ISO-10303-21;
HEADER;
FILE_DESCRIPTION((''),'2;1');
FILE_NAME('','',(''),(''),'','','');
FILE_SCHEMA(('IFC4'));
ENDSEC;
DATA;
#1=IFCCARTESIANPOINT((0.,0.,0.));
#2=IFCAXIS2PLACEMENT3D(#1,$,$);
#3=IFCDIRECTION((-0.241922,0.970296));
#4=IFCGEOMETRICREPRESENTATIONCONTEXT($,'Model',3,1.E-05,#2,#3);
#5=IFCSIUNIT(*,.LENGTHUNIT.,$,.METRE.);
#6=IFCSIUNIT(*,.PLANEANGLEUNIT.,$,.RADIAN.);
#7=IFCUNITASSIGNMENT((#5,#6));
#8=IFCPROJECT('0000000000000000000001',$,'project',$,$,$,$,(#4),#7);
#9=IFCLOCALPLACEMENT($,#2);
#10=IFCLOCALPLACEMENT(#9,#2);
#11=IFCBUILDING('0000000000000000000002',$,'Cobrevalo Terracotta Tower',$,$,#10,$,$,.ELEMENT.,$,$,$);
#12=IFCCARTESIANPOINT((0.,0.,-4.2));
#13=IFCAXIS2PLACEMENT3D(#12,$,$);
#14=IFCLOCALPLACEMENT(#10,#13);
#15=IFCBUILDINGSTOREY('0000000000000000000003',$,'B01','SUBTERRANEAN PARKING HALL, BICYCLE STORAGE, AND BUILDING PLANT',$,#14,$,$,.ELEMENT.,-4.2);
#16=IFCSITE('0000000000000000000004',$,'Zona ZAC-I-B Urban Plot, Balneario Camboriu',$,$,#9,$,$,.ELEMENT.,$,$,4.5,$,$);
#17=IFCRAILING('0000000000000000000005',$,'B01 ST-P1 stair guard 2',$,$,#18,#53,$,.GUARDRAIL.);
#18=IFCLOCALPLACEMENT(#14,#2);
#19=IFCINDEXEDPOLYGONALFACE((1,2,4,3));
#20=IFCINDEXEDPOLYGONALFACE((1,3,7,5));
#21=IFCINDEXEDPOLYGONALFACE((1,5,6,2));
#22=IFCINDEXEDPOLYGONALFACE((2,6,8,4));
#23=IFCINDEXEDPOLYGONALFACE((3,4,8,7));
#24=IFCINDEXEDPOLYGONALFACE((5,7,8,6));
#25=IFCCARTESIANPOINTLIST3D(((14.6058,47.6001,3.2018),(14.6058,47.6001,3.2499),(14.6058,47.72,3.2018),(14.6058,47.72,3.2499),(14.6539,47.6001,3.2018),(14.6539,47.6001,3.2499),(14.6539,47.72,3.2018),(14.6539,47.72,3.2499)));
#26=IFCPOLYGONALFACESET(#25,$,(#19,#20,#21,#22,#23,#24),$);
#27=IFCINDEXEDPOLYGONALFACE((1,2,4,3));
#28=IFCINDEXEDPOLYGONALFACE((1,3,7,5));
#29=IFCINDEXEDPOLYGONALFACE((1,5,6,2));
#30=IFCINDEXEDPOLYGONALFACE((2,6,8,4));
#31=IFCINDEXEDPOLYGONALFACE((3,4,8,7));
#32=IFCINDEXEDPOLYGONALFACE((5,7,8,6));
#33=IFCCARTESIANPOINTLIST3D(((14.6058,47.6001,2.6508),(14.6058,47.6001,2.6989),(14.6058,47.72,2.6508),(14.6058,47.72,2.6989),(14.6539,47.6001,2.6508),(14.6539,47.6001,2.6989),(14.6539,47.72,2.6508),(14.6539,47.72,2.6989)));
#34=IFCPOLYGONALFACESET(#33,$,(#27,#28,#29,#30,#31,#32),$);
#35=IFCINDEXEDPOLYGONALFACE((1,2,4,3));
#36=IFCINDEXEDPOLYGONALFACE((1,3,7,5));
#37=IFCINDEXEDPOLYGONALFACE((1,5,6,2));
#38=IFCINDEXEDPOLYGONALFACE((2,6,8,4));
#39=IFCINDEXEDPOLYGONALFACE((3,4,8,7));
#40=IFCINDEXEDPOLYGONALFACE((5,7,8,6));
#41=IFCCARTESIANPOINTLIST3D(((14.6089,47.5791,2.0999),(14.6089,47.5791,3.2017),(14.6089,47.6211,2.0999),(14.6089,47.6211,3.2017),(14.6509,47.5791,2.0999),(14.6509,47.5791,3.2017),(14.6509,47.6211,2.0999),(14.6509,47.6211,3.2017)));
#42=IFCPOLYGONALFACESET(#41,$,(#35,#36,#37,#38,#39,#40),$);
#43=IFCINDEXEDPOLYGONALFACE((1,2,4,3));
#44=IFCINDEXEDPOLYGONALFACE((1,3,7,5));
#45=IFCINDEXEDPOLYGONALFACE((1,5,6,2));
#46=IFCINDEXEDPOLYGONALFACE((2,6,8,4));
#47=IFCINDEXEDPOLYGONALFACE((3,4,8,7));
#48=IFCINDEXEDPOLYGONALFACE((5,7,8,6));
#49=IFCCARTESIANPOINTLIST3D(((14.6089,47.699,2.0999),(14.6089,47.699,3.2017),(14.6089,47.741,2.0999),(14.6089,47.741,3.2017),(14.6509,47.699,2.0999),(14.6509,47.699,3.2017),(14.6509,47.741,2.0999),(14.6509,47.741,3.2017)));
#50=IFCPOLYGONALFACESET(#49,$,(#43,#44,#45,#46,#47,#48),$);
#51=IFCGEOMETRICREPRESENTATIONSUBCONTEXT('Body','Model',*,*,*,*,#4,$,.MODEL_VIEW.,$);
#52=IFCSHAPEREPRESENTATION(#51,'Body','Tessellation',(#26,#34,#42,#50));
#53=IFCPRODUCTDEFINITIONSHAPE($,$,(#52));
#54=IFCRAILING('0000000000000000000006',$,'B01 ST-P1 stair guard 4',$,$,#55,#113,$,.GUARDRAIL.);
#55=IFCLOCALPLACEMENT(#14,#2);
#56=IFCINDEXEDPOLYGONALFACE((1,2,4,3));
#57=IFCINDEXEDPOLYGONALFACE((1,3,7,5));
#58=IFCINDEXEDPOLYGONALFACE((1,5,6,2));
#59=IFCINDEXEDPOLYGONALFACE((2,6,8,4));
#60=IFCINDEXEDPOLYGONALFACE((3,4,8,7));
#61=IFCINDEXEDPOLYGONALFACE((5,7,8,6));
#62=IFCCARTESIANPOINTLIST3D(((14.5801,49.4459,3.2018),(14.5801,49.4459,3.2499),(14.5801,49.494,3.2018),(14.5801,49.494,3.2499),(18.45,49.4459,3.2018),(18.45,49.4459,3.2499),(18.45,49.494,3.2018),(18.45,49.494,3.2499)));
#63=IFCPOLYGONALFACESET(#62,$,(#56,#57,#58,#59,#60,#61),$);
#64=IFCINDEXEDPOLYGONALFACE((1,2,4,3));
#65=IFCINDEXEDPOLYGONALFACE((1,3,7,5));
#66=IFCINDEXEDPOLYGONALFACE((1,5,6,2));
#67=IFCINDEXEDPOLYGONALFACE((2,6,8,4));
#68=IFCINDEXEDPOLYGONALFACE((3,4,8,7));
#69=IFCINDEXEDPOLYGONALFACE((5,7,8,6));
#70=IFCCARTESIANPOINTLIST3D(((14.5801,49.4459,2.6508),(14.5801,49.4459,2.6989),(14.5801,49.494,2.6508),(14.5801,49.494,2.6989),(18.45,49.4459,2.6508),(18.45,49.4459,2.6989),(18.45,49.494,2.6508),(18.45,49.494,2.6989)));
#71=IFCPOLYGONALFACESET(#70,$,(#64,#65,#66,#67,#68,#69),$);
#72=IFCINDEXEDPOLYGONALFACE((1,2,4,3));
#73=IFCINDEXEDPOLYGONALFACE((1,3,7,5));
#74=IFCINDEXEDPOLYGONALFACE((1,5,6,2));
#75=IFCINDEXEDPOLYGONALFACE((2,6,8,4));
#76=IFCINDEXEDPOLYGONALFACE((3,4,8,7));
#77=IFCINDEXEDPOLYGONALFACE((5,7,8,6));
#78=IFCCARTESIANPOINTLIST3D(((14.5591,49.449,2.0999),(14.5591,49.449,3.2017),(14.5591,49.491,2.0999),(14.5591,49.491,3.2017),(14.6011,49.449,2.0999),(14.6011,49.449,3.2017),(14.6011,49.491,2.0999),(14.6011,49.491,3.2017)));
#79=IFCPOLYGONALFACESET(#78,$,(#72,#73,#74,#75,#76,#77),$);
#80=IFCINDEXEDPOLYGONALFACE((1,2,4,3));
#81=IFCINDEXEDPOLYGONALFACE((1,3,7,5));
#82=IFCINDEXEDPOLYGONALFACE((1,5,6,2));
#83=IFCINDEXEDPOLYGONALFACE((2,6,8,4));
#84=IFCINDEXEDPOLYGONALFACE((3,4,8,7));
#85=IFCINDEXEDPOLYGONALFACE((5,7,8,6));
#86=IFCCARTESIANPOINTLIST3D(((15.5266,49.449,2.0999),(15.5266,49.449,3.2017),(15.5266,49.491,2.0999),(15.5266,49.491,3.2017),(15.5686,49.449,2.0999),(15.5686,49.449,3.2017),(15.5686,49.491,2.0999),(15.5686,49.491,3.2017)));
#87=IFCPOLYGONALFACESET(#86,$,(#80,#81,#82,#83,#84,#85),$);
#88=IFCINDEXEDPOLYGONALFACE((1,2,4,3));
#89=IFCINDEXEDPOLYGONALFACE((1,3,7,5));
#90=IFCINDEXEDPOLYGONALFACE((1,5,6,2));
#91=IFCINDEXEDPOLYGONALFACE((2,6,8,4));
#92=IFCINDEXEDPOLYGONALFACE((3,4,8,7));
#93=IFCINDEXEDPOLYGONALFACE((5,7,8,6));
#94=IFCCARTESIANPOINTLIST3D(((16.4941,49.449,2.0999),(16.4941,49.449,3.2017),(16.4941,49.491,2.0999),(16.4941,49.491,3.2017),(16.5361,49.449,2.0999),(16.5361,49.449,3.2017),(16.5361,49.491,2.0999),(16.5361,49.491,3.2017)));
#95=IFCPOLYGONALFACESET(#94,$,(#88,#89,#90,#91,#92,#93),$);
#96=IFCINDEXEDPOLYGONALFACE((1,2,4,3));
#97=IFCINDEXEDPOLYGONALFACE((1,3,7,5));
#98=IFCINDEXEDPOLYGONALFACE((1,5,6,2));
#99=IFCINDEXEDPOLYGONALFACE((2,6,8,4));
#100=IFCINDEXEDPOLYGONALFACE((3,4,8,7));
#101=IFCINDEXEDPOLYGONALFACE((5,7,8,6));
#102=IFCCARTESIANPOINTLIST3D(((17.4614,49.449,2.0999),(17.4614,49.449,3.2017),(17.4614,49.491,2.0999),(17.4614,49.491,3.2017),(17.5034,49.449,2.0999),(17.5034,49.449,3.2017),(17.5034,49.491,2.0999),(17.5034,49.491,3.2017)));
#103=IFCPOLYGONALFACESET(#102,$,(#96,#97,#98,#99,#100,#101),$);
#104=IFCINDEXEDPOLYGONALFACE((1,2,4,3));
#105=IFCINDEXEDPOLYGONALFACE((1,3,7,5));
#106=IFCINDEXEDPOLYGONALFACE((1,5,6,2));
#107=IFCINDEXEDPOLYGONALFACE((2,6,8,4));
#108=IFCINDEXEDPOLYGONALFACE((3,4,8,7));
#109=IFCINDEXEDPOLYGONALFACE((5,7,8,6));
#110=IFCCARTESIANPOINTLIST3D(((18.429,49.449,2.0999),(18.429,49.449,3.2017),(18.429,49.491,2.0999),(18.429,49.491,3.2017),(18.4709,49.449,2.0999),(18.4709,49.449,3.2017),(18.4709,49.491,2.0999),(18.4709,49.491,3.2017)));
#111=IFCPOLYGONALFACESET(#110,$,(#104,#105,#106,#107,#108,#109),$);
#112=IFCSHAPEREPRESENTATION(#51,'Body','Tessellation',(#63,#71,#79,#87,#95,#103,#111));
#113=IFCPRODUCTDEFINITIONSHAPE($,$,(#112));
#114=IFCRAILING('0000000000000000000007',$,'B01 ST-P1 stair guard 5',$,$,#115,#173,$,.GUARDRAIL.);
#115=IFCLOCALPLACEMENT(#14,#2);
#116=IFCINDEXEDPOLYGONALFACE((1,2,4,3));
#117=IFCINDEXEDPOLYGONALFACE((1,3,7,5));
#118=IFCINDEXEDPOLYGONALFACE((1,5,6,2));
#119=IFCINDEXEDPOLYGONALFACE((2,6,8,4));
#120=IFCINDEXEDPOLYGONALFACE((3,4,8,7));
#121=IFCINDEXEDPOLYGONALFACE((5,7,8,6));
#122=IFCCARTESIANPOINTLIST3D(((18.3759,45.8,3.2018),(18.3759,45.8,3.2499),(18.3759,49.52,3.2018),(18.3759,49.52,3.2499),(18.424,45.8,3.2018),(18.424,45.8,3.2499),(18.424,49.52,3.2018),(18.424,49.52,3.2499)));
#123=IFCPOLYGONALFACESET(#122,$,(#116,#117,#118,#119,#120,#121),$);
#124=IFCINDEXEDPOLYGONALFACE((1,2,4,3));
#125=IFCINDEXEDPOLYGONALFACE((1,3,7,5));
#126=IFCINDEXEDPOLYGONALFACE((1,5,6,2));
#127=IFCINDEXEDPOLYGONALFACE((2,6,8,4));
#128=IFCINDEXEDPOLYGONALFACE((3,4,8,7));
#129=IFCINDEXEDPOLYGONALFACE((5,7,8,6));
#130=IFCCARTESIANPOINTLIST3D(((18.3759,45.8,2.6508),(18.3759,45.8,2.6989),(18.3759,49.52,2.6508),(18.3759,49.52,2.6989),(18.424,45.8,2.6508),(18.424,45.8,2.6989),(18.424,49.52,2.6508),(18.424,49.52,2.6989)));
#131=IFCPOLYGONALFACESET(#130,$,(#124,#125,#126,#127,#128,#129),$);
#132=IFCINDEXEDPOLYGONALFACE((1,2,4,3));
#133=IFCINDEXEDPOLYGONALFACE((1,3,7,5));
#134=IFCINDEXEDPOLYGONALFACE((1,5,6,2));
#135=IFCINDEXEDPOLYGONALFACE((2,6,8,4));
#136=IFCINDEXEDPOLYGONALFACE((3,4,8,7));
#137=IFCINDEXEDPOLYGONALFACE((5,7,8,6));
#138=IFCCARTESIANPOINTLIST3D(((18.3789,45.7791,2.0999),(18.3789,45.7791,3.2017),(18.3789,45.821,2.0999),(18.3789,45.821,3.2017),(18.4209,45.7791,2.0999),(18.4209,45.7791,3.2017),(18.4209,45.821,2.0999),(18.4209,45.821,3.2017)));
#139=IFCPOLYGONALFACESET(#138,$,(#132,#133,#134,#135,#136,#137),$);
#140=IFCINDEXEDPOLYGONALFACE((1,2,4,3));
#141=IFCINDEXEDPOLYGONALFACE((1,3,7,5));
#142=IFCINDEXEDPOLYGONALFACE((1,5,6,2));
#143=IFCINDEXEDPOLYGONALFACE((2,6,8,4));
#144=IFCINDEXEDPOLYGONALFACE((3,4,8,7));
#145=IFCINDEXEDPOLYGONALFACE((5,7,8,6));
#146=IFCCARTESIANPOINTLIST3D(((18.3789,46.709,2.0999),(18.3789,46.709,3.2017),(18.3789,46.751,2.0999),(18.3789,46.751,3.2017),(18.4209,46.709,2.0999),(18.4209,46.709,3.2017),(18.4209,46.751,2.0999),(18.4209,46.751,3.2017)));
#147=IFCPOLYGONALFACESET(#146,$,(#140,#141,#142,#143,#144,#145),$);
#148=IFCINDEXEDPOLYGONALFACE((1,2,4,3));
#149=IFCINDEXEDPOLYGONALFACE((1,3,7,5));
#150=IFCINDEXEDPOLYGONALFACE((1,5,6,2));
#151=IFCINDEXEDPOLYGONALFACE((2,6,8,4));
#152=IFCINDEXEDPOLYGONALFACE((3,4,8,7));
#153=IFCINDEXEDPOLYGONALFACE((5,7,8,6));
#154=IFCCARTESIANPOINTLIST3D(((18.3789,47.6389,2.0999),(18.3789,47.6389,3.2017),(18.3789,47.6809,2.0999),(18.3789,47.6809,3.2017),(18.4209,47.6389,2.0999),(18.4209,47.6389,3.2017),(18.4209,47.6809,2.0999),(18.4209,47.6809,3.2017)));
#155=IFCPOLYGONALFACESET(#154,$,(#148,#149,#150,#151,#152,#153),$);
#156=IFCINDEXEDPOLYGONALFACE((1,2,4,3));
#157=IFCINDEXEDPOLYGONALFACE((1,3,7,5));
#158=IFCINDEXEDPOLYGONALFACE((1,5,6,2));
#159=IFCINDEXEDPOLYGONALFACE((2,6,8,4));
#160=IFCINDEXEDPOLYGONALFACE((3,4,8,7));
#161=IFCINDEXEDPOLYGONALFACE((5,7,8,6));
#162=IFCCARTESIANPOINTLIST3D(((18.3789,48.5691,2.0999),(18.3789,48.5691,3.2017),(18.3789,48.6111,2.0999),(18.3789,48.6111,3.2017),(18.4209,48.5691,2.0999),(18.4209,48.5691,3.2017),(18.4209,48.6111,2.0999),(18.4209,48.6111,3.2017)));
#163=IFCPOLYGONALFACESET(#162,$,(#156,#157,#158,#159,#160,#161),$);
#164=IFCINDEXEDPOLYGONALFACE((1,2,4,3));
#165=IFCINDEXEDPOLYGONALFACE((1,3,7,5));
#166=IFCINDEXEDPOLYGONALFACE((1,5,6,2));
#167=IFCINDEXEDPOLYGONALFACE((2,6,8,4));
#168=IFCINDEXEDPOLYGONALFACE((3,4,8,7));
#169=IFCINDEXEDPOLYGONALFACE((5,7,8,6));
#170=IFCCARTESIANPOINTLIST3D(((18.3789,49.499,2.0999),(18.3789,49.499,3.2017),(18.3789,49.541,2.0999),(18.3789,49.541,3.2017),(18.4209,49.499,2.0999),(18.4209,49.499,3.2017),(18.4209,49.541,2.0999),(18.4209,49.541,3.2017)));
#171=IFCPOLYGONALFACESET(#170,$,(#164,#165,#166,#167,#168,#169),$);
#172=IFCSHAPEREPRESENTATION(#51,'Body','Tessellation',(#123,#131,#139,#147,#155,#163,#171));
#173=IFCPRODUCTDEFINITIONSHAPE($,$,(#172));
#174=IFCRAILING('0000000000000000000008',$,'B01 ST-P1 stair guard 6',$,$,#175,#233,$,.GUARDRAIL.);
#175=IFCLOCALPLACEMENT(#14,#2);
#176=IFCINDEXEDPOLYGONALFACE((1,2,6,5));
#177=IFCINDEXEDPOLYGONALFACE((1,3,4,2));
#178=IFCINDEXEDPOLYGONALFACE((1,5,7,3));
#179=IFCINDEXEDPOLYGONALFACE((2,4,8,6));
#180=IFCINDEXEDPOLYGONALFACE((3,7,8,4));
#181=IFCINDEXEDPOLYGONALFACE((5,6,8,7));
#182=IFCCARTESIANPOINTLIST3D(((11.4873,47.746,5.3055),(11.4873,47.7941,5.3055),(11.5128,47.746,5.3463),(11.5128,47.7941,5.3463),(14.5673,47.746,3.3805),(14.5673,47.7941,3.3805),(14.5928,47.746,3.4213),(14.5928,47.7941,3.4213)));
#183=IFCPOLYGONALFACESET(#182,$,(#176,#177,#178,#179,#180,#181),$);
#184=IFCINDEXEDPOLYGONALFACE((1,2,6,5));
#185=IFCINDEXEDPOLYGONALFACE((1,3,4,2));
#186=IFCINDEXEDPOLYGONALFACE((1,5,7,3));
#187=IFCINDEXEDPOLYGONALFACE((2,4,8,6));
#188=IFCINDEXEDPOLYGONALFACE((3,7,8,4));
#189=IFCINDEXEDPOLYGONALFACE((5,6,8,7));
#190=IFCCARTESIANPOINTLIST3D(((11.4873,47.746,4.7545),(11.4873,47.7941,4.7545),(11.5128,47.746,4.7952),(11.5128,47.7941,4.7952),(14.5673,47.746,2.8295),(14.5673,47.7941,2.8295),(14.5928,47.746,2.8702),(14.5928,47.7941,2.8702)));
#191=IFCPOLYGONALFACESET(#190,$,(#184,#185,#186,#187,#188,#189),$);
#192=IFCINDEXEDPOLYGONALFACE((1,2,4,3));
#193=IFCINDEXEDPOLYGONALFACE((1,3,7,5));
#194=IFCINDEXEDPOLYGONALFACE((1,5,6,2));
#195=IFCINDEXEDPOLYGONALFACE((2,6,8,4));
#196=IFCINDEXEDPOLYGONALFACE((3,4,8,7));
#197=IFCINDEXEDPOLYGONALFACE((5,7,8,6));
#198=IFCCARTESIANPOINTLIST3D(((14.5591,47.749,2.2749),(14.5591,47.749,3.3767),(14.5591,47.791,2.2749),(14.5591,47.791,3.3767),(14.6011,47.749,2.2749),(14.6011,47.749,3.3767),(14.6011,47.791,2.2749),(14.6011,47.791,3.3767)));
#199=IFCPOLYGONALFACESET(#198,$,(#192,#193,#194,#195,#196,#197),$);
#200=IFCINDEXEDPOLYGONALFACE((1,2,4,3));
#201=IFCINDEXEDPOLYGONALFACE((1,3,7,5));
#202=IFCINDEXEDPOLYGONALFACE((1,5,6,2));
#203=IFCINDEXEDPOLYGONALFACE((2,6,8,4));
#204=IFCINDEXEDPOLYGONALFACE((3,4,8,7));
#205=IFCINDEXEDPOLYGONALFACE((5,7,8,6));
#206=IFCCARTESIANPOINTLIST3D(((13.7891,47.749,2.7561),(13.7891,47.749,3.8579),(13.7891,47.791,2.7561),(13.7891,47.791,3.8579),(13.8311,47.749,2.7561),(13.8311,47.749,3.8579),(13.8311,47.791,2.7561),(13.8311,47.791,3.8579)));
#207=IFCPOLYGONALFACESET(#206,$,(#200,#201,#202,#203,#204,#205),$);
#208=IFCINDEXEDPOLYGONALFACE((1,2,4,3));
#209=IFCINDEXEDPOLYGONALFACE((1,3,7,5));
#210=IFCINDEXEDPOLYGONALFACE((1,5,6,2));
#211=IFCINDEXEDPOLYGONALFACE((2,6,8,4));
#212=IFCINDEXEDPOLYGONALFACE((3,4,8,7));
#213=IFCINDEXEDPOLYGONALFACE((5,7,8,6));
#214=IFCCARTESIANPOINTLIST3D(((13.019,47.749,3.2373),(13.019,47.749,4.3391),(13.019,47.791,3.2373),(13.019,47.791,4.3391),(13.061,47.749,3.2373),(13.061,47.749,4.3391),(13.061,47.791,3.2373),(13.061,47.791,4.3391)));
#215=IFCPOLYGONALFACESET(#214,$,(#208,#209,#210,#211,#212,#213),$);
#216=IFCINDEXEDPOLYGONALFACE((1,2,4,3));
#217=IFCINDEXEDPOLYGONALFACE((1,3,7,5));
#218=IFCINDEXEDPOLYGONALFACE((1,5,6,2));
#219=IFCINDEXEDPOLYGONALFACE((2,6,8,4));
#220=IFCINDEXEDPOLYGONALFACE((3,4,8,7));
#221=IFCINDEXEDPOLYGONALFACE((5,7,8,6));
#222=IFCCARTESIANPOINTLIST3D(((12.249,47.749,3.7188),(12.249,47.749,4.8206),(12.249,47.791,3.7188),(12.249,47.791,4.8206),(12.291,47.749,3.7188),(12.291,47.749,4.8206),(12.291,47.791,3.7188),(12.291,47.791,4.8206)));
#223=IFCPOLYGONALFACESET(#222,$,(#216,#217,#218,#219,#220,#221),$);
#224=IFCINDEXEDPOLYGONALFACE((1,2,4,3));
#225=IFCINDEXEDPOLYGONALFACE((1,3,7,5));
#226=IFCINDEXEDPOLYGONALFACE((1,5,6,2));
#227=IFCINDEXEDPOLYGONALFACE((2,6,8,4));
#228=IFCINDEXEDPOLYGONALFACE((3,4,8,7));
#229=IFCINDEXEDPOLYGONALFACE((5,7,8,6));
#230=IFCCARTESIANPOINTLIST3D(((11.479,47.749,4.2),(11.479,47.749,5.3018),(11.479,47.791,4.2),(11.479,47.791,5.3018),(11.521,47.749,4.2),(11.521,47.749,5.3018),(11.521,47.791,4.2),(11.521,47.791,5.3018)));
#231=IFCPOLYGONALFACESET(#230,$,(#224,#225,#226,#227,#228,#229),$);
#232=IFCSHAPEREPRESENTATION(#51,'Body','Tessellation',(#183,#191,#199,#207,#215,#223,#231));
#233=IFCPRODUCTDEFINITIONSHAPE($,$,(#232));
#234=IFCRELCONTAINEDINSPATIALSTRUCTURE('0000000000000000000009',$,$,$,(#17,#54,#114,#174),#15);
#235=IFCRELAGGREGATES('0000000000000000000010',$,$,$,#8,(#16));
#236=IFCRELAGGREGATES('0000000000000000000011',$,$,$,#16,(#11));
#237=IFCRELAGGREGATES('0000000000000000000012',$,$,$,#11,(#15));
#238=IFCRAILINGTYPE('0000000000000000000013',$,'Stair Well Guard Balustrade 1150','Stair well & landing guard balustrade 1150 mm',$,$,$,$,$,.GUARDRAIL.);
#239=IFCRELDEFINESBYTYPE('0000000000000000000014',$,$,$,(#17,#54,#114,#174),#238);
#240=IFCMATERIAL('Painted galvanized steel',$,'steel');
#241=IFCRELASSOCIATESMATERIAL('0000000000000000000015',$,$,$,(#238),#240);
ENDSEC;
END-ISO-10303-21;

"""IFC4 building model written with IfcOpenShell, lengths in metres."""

from ifc_helpers import new_model, si_unit, direction, frame, origin, origin_2d, place, context, subcontext, project, spatial, rectangle, extrude, material, type_object, element, save


model = new_model("IFC4")

# Units and contexts
model_context = context("Model", 3, precision=1e-05, world=origin(), true_north=direction((-0.241922, 0.970296)))
body_context = subcontext(model_context, "Body", "Model", "MODEL_VIEW")
ifc_project = project(units=[si_unit("LENGTHUNIT", "METRE"), si_unit("PLANEANGLEUNIT", "RADIAN")], contexts=[model_context])

# Site, building, storey
site_placement = place(None, origin())
site = spatial("IfcSite", under=ifc_project, at=site_placement, Name="Zona ZAC-I-B Urban Plot, Balneario Camboriu", CompositionType="ELEMENT", RefElevation=4.5)
building_placement = place(site_placement, origin())
building = spatial("IfcBuilding", under=site, at=building_placement, Name="Cobrevalo Terracotta Tower", CompositionType="ELEMENT")
storey_placement = place(building_placement, frame((0.0, 0.0, -4.2)))
storey = spatial("IfcBuildingStorey", under=building, at=storey_placement, Name="B01", Description="SUBTERRANEAN PARKING HALL, BICYCLE STORAGE, AND BUILDING PLANT", CompositionType="ELEMENT", Elevation=-4.2)

# Railings
ifc_material_1 = material(Name="Painted galvanized steel", Category="steel")
railing_type_1 = type_object("IfcRailingType", Name="Stair Well Guard Balustrade 1150", Description="Stair well & landing guard balustrade 1150 mm", PredefinedType="GUARDRAIL", material=ifc_material_1)
railing_1_placement = place(storey_placement, frame((14.6299, 47.6001, 2.0999)))
element("IfcRailing", 1, at=railing_1_placement, inside=storey, type_object=railing_type_1, Name="B01 ST-P1 stair guard 2", PredefinedType="GUARDRAIL", context=body_context, shape_type="SweptSolid", body=[
    extrude(rectangle(XDim=0.0481, YDim=0.0481, at=origin_2d()), frame((0.0, 0.0, 1.126), z_axis=(0.0, 1.0, 0.0), x_axis=(-1.0, 0.0, 0.0)), (0.0, 0.0, 1.0), 0.1199),
    extrude(rectangle(XDim=0.0481, YDim=0.0481, at=origin_2d()), frame((0.0, 0.0, 0.575), z_axis=(0.0, 1.0, 0.0), x_axis=(-1.0, 0.0, 0.0)), (0.0, 0.0, 1.0), 0.1199),
    extrude(rectangle(XDim=0.042, YDim=0.042, at=origin_2d()), origin(), (0.0, 0.0, 1.0), 1.1018),
    extrude(rectangle(XDim=0.042, YDim=0.042, at=origin_2d()), frame((0.0, 0.1199, 0.0)), (0.0, 0.0, 1.0), 1.1018),
])
railing_2_placement = place(storey_placement, frame((14.5801, 49.47, 2.0999)))
element("IfcRailing", 2, at=railing_2_placement, inside=storey, type_object=railing_type_1, Name="B01 ST-P1 stair guard 4", PredefinedType="GUARDRAIL", context=body_context, shape_type="SweptSolid", body=[
    extrude(rectangle(XDim=0.0481, YDim=0.0481, at=origin_2d()), frame((0.0, 0.0, 1.126), z_axis=(1.0, 0.0, 0.0), x_axis=(0.0, 1.0, 0.0)), (0.0, 0.0, 1.0), 3.8699),
    extrude(rectangle(XDim=0.0481, YDim=0.0481, at=origin_2d()), frame((0.0, 0.0, 0.575), z_axis=(1.0, 0.0, 0.0), x_axis=(0.0, 1.0, 0.0)), (0.0, 0.0, 1.0), 3.8699),
    extrude(rectangle(XDim=0.042, YDim=0.042, at=origin_2d()), origin(), (0.0, 0.0, 1.0), 1.1018),
    extrude(rectangle(XDim=0.042, YDim=0.042, at=origin_2d()), frame((0.9675, 0.0, 0.0)), (0.0, 0.0, 1.0), 1.1018),
    extrude(rectangle(XDim=0.042, YDim=0.042, at=origin_2d()), frame((1.9351, 0.0, 0.0)), (0.0, 0.0, 1.0), 1.1018),
    extrude(rectangle(XDim=0.042, YDim=0.042, at=origin_2d()), frame((2.9023, 0.0, 0.0)), (0.0, 0.0, 1.0), 1.1018),
    extrude(rectangle(XDim=0.042, YDim=0.042, at=origin_2d()), frame((3.8699, 0.0, 0.0)), (0.0, 0.0, 1.0), 1.1018),
])
railing_3_placement = place(storey_placement, frame((18.3999, 45.8, 2.0999)))
element("IfcRailing", 3, at=railing_3_placement, inside=storey, type_object=railing_type_1, Name="B01 ST-P1 stair guard 5", PredefinedType="GUARDRAIL", context=body_context, shape_type="SweptSolid", body=[
    extrude(rectangle(XDim=0.0481, YDim=0.0481, at=origin_2d()), frame((0.0, 0.0, 1.126), z_axis=(0.0, 1.0, 0.0), x_axis=(-1.0, 0.0, 0.0)), (0.0, 0.0, 1.0), 3.72),
    extrude(rectangle(XDim=0.0481, YDim=0.0481, at=origin_2d()), frame((0.0, 0.0, 0.575), z_axis=(0.0, 1.0, 0.0), x_axis=(-1.0, 0.0, 0.0)), (0.0, 0.0, 1.0), 3.72),
    extrude(rectangle(XDim=0.042, YDim=0.042, at=origin_2d()), origin(), (0.0, 0.0, 1.0), 1.1018),
    extrude(rectangle(XDim=0.042, YDim=0.042, at=origin_2d()), frame((0.0, 0.9299, 0.0)), (0.0, 0.0, 1.0), 1.1018),
    extrude(rectangle(XDim=0.042, YDim=0.042, at=origin_2d()), frame((0.0, 1.8599, 0.0)), (0.0, 0.0, 1.0), 1.1018),
    extrude(rectangle(XDim=0.042, YDim=0.042, at=origin_2d()), frame((0.0, 2.79, 0.0)), (0.0, 0.0, 1.0), 1.1018),
    extrude(rectangle(XDim=0.042, YDim=0.042, at=origin_2d()), frame((0.0, 3.72, 0.0)), (0.0, 0.0, 1.0), 1.1018),
])
railing_4_placement = place(storey_placement, frame((14.5801, 47.77, 2.2749)))
element("IfcRailing", 4, at=railing_4_placement, inside=storey, type_object=railing_type_1, Name="B01 ST-P1 stair guard 6", PredefinedType="GUARDRAIL", context=body_context, shape_type="SweptSolid", body=[
    extrude(rectangle(XDim=0.0481, YDim=0.0481, at=origin_2d()), frame((0.0, 0.0, 1.126), z_axis=(-0.847998, 0.0, 0.529999), x_axis=(0.0, -1.0, 0.0)), (0.0, 0.0, 1.0), 3.6321),
    extrude(rectangle(XDim=0.0481, YDim=0.0481, at=origin_2d()), frame((0.0, 0.0, 0.575), z_axis=(-0.847998, 0.0, 0.529999), x_axis=(0.0, -1.0, 0.0)), (0.0, 0.0, 1.0), 3.6321),
    extrude(rectangle(XDim=0.042, YDim=0.042, at=origin_2d()), origin(), (0.0, 0.0, 1.0), 1.1018),
    extrude(rectangle(XDim=0.042, YDim=0.042, at=origin_2d()), frame((-0.77, 0.0, 0.4812)), (0.0, 0.0, 1.0), 1.1018),
    extrude(rectangle(XDim=0.042, YDim=0.042, at=origin_2d()), frame((-1.54, 0.0, 0.9624)), (0.0, 0.0, 1.0), 1.1018),
    extrude(rectangle(XDim=0.042, YDim=0.042, at=origin_2d()), frame((-2.3101, 0.0, 1.4438)), (0.0, 0.0, 1.0), 1.1018),
    extrude(rectangle(XDim=0.042, YDim=0.042, at=origin_2d()), frame((-3.0801, 0.0, 1.925)), (0.0, 0.0, 1.0), 1.1018),
])

save(model, "model.ifc")
